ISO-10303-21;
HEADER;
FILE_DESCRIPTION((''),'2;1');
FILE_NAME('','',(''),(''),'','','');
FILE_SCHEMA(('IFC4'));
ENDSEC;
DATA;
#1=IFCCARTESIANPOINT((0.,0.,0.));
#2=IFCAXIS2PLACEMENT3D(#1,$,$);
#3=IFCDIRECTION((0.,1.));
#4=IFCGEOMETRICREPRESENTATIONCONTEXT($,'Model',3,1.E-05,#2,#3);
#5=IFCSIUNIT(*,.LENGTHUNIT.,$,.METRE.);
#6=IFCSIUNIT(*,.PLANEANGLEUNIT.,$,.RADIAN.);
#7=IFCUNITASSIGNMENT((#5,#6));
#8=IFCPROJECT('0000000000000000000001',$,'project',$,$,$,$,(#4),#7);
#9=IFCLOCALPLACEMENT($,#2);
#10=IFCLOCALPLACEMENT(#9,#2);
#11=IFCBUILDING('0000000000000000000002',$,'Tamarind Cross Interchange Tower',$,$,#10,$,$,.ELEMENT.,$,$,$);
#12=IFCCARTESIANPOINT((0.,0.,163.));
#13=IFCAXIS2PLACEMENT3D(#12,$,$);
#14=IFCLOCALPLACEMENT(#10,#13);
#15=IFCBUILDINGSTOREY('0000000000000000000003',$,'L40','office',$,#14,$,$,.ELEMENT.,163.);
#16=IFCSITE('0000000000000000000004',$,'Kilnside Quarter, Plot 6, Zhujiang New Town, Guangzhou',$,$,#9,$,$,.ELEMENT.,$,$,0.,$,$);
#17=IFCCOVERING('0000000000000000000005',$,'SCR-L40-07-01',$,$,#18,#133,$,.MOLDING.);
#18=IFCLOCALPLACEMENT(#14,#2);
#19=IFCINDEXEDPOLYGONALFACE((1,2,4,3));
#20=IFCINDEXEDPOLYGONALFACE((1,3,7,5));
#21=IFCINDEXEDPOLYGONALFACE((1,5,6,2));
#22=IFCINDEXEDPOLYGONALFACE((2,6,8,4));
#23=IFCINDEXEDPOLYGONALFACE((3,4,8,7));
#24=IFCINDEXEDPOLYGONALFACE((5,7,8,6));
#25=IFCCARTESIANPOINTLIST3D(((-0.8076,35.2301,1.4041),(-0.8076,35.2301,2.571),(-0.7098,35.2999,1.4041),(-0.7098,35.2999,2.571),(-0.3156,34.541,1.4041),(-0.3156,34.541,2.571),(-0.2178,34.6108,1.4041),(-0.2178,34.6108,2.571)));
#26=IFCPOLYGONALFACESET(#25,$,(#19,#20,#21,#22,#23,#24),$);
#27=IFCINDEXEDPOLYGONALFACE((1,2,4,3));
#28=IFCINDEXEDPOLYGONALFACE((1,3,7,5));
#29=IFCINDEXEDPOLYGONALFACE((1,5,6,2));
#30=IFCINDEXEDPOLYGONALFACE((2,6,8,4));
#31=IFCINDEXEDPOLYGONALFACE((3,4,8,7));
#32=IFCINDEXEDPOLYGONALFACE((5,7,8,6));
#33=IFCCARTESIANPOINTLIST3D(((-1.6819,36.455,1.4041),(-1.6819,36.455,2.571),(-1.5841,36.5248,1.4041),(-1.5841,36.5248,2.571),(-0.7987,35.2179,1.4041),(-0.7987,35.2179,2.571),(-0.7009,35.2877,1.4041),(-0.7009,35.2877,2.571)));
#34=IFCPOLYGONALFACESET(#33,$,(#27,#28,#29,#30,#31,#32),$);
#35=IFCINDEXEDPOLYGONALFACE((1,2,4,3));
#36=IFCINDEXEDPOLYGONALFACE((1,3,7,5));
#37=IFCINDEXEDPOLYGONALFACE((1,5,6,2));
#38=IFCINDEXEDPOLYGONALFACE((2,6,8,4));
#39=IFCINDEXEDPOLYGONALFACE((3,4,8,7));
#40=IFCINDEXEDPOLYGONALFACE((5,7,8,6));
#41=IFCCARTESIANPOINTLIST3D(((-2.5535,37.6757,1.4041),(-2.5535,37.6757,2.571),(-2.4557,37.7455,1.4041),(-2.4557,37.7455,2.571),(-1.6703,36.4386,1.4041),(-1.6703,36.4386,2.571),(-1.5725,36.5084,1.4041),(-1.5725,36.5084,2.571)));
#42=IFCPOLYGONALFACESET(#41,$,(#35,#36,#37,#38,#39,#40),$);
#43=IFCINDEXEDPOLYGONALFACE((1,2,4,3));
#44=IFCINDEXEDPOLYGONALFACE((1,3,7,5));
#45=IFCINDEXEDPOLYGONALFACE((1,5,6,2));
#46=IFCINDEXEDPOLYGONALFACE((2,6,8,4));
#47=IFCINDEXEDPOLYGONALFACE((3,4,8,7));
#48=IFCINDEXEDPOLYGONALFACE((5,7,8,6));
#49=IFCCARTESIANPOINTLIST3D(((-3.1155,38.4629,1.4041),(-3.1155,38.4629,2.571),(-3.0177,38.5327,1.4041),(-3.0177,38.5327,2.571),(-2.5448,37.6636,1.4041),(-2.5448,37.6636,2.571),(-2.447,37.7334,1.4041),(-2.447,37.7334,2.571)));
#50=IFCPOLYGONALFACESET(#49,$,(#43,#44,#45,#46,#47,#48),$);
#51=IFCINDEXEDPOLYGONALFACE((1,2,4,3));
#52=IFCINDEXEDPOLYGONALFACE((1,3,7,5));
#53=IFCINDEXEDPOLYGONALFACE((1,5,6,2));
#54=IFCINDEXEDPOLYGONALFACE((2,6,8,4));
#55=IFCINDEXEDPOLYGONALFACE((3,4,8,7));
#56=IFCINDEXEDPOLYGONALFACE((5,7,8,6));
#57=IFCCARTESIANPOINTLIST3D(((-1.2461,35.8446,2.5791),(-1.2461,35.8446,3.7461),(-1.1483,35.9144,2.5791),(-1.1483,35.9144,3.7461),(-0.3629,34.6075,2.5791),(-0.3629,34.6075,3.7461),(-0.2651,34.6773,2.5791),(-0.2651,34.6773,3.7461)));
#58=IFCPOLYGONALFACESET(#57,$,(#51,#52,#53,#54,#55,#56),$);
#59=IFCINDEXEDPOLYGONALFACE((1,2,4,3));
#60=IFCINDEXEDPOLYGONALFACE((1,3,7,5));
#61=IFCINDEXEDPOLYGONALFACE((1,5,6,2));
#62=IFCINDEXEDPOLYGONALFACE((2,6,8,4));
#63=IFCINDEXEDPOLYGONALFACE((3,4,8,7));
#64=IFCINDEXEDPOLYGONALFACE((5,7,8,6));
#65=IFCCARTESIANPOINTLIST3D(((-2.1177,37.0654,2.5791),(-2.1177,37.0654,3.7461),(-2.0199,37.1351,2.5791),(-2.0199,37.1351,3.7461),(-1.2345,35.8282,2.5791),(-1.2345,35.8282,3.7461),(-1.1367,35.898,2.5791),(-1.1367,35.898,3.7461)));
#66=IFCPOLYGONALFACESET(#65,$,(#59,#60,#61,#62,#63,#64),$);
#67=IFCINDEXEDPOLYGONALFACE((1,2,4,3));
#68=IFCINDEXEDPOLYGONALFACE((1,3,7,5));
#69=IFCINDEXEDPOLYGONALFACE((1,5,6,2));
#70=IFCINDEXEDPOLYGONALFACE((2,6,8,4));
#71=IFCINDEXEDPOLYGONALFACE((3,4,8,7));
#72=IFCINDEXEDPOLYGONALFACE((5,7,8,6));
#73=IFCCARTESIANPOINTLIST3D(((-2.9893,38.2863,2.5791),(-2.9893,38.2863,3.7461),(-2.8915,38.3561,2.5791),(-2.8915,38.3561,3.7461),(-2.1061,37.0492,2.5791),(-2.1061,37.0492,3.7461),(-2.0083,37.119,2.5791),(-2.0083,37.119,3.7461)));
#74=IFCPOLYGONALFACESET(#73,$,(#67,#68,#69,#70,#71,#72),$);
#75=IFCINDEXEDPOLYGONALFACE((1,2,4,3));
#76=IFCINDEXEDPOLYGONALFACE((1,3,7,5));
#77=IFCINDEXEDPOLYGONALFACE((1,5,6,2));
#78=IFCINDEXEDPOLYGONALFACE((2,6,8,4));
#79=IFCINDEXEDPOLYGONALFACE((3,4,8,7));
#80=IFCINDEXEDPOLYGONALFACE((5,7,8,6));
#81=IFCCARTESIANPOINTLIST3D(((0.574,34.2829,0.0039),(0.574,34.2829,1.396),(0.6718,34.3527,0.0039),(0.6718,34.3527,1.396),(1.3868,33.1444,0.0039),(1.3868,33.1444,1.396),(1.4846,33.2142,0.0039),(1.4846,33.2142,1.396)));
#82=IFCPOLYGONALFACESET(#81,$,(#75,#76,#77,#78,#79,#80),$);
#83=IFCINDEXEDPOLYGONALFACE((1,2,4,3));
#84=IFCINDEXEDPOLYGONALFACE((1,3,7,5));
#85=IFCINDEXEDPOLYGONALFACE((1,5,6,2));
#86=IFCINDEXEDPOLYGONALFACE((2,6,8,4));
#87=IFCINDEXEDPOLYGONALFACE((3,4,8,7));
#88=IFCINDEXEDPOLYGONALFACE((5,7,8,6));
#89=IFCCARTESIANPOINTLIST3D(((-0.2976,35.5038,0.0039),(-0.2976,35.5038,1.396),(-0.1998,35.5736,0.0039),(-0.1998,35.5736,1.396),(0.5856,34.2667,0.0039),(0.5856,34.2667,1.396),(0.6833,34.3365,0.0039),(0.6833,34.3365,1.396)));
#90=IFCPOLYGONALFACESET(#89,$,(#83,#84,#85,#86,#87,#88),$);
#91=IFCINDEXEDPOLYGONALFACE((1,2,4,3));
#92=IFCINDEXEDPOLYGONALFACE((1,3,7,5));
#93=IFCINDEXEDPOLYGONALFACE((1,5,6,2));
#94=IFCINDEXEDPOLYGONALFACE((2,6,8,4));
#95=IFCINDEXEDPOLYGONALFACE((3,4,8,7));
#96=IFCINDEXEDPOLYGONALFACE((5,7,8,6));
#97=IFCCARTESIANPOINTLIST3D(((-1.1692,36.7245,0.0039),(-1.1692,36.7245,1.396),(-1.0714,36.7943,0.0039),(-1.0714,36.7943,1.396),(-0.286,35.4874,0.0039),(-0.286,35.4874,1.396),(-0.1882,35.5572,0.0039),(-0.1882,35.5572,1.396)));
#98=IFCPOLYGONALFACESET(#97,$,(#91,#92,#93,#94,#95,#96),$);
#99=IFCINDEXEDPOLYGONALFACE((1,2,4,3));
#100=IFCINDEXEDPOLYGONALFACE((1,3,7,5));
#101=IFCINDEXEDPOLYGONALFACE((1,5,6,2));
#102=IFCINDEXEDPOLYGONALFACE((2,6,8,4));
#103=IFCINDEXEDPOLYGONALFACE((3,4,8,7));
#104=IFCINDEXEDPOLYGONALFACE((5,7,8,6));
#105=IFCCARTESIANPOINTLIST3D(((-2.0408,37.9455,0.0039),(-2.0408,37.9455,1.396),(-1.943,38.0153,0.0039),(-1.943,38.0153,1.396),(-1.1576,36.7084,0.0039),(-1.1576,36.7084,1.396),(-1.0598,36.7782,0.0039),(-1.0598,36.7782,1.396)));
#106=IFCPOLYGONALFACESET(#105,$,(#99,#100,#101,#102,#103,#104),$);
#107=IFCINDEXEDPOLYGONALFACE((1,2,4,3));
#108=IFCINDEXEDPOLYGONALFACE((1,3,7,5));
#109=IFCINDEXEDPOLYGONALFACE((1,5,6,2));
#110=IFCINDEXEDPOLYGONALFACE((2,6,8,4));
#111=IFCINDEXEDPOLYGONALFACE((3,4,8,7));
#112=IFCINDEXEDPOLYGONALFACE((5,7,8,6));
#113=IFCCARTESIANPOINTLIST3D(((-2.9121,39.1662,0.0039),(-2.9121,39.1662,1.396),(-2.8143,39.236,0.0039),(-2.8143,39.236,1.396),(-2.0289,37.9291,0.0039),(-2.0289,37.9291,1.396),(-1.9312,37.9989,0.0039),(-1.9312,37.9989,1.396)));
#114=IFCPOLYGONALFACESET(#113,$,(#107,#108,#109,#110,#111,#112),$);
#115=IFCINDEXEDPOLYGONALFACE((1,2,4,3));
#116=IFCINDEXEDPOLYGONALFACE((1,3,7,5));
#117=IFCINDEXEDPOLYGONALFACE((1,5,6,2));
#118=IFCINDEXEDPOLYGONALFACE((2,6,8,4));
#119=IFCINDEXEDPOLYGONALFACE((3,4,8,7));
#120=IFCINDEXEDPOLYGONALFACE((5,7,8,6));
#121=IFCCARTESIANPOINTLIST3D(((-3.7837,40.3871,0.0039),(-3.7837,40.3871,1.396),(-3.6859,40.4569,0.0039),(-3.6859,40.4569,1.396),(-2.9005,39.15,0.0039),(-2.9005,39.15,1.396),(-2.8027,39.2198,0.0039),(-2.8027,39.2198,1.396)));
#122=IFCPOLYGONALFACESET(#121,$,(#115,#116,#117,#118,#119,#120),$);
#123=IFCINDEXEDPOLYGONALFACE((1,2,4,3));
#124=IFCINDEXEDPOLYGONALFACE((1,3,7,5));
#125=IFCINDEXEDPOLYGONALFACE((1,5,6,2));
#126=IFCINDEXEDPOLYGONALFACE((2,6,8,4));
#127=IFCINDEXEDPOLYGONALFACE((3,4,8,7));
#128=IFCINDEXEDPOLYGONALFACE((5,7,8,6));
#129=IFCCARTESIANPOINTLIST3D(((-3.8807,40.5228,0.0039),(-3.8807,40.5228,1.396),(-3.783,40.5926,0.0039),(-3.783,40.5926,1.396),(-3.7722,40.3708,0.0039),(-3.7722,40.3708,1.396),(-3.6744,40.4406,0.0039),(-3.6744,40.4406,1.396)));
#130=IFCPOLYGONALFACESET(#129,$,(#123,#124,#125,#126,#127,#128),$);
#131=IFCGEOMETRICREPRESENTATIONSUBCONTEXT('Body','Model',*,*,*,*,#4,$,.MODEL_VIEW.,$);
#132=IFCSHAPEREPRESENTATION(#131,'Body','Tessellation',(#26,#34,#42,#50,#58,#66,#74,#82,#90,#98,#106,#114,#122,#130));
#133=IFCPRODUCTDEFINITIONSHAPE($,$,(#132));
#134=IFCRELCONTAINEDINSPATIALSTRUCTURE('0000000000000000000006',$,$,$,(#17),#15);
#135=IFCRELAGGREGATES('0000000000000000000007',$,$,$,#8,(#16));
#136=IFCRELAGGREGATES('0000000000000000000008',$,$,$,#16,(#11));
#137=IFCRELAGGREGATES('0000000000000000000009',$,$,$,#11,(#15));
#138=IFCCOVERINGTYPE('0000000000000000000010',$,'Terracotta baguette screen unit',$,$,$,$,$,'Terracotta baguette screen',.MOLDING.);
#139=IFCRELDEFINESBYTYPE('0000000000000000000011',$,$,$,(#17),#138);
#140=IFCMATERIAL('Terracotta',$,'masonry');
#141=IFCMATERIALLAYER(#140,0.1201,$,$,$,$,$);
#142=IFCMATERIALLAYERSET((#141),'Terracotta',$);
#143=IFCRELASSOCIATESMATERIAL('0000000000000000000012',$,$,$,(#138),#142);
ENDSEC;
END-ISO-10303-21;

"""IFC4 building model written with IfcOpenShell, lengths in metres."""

from ifc_helpers import new_model, si_unit, direction, frame, origin, origin_2d, place, context, subcontext, project, spatial, rectangle, extrude, material, layer, layer_set, type_object, element, save


model = new_model("IFC4")

# Units and contexts
model_context = context("Model", 3, precision=1e-05, world=origin(), true_north=direction((0.0, 1.0)))
body_context = subcontext(model_context, "Body", "Model", "MODEL_VIEW")
ifc_project = project(units=[si_unit("LENGTHUNIT", "METRE"), si_unit("PLANEANGLEUNIT", "RADIAN")], contexts=[model_context])

# Site, building, storey
site_placement = place(None, origin())
site = spatial("IfcSite", under=ifc_project, at=site_placement, Name="Kilnside Quarter, Plot 6, Zhujiang New Town, Guangzhou", CompositionType="ELEMENT", RefElevation=0.0)
building_placement = place(site_placement, origin())
building = spatial("IfcBuilding", under=site, at=building_placement, Name="Tamarind Cross Interchange Tower", CompositionType="ELEMENT")
storey_placement = place(building_placement, frame((0.0, 0.0, 163.0)))
storey = spatial("IfcBuildingStorey", under=building, at=storey_placement, Name="L40", Description="office", CompositionType="ELEMENT", Elevation=163.0)

# Covering
ifc_material_1 = material(Name="Terracotta", Category="masonry")
ifc_layer_1 = layer(ifc_material_1, 0.1201)
ifc_layer_set_1 = layer_set([ifc_layer_1], Name="Terracotta")
covering_type = type_object("IfcCoveringType", Name="Terracotta baguette screen unit", ElementType="Terracotta baguette screen", PredefinedType="MOLDING", material=ifc_layer_set_1)
covering_1_placement = place(storey_placement, origin())
element("IfcCovering", 1, at=covering_1_placement, inside=storey, type_object=covering_type, Name="SCR-L40-07-01", PredefinedType="MOLDING", context=body_context, shape_type="SweptSolid", body=[
    extrude(rectangle(XDim=0.8467, YDim=0.1201, at=origin_2d()), frame((-0.5127, 34.9204, 1.4041), z_axis=(0.0, 0.0, 1.0), x_axis=(-0.581033, 0.81388, 0.0)), (0.0, 0.0, 1.0), 1.167),
    extrude(rectangle(XDim=1.52, YDim=0.1201, at=origin_2d()), frame((-1.1914, 35.8713, 1.4041), z_axis=(0.0, 0.0, 1.0), x_axis=(-0.581033, 0.81388, 0.0)), (0.0, 0.0, 1.0), 1.167),
    extrude(rectangle(XDim=1.52, YDim=0.1201, at=origin_2d()), frame((-2.063, 37.092, 1.4041), z_axis=(0.0, 0.0, 1.0), x_axis=(-0.581033, 0.81388, 0.0)), (0.0, 0.0, 1.0), 1.167),
    extrude(rectangle(XDim=0.9822, YDim=0.1201, at=origin_2d()), frame((-2.7812, 38.0981, 1.4041), z_axis=(0.0, 0.0, 1.0), x_axis=(-0.581033, 0.81388, 0.0)), (0.0, 0.0, 1.0), 1.167),
    extrude(rectangle(XDim=1.52, YDim=0.1201, at=origin_2d()), frame((-0.7556, 35.261, 2.5791), z_axis=(0.0, 0.0, 1.0), x_axis=(-0.581033, 0.81388, 0.0)), (0.0, 0.0, 1.0), 1.167),
    extrude(rectangle(XDim=1.52, YDim=0.1201, at=origin_2d()), frame((-1.6272, 36.4817, 2.5791), z_axis=(0.0, 0.0, 1.0), x_axis=(-0.581033, 0.81388, 0.0)), (0.0, 0.0, 1.0), 1.167),
    extrude(rectangle(XDim=1.52, YDim=0.1201, at=origin_2d()), frame((-2.4988, 37.7026, 2.5791), z_axis=(0.0, 0.0, 1.0), x_axis=(-0.581033, 0.81388, 0.0)), (0.0, 0.0, 1.0), 1.167),
    extrude(rectangle(XDim=1.3989, YDim=0.1201, at=origin_2d()), frame((1.0293, 33.7485, 0.0039), z_axis=(0.0, 0.0, 1.0), x_axis=(-0.581033, 0.81388, 0.0)), (0.0, 0.0, 1.0), 1.3921),
    extrude(rectangle(XDim=1.52, YDim=0.1201, at=origin_2d()), frame((0.1929, 34.9202, 0.0039), z_axis=(0.0, 0.0, 1.0), x_axis=(-0.581033, 0.81388, 0.0)), (0.0, 0.0, 1.0), 1.3921),
    extrude(rectangle(XDim=1.52, YDim=0.1201, at=origin_2d()), frame((-0.6787, 36.1409, 0.0039), z_axis=(0.0, 0.0, 1.0), x_axis=(-0.581033, 0.81388, 0.0)), (0.0, 0.0, 1.0), 1.3921),
    extrude(rectangle(XDim=1.52, YDim=0.1201, at=origin_2d()), frame((-1.5503, 37.3618, 0.0039), z_axis=(0.0, 0.0, 1.0), x_axis=(-0.581033, 0.81388, 0.0)), (0.0, 0.0, 1.0), 1.3921),
    extrude(rectangle(XDim=1.52, YDim=0.1201, at=origin_2d()), frame((-2.4216, 38.5825, 0.0039), z_axis=(0.0, 0.0, 1.0), x_axis=(-0.581033, 0.81388, 0.0)), (0.0, 0.0, 1.0), 1.3921),
    extrude(rectangle(XDim=1.52, YDim=0.1201, at=origin_2d()), frame((-3.2932, 39.8035, 0.0039), z_axis=(0.0, 0.0, 1.0), x_axis=(-0.581033, 0.81388, 0.0)), (0.0, 0.0, 1.0), 1.3921),
    extrude(rectangle(XDim=0.1868, YDim=0.1201, at=origin_2d()), frame((-3.7776, 40.4817, 0.0039), z_axis=(0.0, 0.0, 1.0), x_axis=(-0.581033, 0.81388, 0.0)), (0.0, 0.0, 1.0), 1.3921),
])

save(model, "model.ifc")
